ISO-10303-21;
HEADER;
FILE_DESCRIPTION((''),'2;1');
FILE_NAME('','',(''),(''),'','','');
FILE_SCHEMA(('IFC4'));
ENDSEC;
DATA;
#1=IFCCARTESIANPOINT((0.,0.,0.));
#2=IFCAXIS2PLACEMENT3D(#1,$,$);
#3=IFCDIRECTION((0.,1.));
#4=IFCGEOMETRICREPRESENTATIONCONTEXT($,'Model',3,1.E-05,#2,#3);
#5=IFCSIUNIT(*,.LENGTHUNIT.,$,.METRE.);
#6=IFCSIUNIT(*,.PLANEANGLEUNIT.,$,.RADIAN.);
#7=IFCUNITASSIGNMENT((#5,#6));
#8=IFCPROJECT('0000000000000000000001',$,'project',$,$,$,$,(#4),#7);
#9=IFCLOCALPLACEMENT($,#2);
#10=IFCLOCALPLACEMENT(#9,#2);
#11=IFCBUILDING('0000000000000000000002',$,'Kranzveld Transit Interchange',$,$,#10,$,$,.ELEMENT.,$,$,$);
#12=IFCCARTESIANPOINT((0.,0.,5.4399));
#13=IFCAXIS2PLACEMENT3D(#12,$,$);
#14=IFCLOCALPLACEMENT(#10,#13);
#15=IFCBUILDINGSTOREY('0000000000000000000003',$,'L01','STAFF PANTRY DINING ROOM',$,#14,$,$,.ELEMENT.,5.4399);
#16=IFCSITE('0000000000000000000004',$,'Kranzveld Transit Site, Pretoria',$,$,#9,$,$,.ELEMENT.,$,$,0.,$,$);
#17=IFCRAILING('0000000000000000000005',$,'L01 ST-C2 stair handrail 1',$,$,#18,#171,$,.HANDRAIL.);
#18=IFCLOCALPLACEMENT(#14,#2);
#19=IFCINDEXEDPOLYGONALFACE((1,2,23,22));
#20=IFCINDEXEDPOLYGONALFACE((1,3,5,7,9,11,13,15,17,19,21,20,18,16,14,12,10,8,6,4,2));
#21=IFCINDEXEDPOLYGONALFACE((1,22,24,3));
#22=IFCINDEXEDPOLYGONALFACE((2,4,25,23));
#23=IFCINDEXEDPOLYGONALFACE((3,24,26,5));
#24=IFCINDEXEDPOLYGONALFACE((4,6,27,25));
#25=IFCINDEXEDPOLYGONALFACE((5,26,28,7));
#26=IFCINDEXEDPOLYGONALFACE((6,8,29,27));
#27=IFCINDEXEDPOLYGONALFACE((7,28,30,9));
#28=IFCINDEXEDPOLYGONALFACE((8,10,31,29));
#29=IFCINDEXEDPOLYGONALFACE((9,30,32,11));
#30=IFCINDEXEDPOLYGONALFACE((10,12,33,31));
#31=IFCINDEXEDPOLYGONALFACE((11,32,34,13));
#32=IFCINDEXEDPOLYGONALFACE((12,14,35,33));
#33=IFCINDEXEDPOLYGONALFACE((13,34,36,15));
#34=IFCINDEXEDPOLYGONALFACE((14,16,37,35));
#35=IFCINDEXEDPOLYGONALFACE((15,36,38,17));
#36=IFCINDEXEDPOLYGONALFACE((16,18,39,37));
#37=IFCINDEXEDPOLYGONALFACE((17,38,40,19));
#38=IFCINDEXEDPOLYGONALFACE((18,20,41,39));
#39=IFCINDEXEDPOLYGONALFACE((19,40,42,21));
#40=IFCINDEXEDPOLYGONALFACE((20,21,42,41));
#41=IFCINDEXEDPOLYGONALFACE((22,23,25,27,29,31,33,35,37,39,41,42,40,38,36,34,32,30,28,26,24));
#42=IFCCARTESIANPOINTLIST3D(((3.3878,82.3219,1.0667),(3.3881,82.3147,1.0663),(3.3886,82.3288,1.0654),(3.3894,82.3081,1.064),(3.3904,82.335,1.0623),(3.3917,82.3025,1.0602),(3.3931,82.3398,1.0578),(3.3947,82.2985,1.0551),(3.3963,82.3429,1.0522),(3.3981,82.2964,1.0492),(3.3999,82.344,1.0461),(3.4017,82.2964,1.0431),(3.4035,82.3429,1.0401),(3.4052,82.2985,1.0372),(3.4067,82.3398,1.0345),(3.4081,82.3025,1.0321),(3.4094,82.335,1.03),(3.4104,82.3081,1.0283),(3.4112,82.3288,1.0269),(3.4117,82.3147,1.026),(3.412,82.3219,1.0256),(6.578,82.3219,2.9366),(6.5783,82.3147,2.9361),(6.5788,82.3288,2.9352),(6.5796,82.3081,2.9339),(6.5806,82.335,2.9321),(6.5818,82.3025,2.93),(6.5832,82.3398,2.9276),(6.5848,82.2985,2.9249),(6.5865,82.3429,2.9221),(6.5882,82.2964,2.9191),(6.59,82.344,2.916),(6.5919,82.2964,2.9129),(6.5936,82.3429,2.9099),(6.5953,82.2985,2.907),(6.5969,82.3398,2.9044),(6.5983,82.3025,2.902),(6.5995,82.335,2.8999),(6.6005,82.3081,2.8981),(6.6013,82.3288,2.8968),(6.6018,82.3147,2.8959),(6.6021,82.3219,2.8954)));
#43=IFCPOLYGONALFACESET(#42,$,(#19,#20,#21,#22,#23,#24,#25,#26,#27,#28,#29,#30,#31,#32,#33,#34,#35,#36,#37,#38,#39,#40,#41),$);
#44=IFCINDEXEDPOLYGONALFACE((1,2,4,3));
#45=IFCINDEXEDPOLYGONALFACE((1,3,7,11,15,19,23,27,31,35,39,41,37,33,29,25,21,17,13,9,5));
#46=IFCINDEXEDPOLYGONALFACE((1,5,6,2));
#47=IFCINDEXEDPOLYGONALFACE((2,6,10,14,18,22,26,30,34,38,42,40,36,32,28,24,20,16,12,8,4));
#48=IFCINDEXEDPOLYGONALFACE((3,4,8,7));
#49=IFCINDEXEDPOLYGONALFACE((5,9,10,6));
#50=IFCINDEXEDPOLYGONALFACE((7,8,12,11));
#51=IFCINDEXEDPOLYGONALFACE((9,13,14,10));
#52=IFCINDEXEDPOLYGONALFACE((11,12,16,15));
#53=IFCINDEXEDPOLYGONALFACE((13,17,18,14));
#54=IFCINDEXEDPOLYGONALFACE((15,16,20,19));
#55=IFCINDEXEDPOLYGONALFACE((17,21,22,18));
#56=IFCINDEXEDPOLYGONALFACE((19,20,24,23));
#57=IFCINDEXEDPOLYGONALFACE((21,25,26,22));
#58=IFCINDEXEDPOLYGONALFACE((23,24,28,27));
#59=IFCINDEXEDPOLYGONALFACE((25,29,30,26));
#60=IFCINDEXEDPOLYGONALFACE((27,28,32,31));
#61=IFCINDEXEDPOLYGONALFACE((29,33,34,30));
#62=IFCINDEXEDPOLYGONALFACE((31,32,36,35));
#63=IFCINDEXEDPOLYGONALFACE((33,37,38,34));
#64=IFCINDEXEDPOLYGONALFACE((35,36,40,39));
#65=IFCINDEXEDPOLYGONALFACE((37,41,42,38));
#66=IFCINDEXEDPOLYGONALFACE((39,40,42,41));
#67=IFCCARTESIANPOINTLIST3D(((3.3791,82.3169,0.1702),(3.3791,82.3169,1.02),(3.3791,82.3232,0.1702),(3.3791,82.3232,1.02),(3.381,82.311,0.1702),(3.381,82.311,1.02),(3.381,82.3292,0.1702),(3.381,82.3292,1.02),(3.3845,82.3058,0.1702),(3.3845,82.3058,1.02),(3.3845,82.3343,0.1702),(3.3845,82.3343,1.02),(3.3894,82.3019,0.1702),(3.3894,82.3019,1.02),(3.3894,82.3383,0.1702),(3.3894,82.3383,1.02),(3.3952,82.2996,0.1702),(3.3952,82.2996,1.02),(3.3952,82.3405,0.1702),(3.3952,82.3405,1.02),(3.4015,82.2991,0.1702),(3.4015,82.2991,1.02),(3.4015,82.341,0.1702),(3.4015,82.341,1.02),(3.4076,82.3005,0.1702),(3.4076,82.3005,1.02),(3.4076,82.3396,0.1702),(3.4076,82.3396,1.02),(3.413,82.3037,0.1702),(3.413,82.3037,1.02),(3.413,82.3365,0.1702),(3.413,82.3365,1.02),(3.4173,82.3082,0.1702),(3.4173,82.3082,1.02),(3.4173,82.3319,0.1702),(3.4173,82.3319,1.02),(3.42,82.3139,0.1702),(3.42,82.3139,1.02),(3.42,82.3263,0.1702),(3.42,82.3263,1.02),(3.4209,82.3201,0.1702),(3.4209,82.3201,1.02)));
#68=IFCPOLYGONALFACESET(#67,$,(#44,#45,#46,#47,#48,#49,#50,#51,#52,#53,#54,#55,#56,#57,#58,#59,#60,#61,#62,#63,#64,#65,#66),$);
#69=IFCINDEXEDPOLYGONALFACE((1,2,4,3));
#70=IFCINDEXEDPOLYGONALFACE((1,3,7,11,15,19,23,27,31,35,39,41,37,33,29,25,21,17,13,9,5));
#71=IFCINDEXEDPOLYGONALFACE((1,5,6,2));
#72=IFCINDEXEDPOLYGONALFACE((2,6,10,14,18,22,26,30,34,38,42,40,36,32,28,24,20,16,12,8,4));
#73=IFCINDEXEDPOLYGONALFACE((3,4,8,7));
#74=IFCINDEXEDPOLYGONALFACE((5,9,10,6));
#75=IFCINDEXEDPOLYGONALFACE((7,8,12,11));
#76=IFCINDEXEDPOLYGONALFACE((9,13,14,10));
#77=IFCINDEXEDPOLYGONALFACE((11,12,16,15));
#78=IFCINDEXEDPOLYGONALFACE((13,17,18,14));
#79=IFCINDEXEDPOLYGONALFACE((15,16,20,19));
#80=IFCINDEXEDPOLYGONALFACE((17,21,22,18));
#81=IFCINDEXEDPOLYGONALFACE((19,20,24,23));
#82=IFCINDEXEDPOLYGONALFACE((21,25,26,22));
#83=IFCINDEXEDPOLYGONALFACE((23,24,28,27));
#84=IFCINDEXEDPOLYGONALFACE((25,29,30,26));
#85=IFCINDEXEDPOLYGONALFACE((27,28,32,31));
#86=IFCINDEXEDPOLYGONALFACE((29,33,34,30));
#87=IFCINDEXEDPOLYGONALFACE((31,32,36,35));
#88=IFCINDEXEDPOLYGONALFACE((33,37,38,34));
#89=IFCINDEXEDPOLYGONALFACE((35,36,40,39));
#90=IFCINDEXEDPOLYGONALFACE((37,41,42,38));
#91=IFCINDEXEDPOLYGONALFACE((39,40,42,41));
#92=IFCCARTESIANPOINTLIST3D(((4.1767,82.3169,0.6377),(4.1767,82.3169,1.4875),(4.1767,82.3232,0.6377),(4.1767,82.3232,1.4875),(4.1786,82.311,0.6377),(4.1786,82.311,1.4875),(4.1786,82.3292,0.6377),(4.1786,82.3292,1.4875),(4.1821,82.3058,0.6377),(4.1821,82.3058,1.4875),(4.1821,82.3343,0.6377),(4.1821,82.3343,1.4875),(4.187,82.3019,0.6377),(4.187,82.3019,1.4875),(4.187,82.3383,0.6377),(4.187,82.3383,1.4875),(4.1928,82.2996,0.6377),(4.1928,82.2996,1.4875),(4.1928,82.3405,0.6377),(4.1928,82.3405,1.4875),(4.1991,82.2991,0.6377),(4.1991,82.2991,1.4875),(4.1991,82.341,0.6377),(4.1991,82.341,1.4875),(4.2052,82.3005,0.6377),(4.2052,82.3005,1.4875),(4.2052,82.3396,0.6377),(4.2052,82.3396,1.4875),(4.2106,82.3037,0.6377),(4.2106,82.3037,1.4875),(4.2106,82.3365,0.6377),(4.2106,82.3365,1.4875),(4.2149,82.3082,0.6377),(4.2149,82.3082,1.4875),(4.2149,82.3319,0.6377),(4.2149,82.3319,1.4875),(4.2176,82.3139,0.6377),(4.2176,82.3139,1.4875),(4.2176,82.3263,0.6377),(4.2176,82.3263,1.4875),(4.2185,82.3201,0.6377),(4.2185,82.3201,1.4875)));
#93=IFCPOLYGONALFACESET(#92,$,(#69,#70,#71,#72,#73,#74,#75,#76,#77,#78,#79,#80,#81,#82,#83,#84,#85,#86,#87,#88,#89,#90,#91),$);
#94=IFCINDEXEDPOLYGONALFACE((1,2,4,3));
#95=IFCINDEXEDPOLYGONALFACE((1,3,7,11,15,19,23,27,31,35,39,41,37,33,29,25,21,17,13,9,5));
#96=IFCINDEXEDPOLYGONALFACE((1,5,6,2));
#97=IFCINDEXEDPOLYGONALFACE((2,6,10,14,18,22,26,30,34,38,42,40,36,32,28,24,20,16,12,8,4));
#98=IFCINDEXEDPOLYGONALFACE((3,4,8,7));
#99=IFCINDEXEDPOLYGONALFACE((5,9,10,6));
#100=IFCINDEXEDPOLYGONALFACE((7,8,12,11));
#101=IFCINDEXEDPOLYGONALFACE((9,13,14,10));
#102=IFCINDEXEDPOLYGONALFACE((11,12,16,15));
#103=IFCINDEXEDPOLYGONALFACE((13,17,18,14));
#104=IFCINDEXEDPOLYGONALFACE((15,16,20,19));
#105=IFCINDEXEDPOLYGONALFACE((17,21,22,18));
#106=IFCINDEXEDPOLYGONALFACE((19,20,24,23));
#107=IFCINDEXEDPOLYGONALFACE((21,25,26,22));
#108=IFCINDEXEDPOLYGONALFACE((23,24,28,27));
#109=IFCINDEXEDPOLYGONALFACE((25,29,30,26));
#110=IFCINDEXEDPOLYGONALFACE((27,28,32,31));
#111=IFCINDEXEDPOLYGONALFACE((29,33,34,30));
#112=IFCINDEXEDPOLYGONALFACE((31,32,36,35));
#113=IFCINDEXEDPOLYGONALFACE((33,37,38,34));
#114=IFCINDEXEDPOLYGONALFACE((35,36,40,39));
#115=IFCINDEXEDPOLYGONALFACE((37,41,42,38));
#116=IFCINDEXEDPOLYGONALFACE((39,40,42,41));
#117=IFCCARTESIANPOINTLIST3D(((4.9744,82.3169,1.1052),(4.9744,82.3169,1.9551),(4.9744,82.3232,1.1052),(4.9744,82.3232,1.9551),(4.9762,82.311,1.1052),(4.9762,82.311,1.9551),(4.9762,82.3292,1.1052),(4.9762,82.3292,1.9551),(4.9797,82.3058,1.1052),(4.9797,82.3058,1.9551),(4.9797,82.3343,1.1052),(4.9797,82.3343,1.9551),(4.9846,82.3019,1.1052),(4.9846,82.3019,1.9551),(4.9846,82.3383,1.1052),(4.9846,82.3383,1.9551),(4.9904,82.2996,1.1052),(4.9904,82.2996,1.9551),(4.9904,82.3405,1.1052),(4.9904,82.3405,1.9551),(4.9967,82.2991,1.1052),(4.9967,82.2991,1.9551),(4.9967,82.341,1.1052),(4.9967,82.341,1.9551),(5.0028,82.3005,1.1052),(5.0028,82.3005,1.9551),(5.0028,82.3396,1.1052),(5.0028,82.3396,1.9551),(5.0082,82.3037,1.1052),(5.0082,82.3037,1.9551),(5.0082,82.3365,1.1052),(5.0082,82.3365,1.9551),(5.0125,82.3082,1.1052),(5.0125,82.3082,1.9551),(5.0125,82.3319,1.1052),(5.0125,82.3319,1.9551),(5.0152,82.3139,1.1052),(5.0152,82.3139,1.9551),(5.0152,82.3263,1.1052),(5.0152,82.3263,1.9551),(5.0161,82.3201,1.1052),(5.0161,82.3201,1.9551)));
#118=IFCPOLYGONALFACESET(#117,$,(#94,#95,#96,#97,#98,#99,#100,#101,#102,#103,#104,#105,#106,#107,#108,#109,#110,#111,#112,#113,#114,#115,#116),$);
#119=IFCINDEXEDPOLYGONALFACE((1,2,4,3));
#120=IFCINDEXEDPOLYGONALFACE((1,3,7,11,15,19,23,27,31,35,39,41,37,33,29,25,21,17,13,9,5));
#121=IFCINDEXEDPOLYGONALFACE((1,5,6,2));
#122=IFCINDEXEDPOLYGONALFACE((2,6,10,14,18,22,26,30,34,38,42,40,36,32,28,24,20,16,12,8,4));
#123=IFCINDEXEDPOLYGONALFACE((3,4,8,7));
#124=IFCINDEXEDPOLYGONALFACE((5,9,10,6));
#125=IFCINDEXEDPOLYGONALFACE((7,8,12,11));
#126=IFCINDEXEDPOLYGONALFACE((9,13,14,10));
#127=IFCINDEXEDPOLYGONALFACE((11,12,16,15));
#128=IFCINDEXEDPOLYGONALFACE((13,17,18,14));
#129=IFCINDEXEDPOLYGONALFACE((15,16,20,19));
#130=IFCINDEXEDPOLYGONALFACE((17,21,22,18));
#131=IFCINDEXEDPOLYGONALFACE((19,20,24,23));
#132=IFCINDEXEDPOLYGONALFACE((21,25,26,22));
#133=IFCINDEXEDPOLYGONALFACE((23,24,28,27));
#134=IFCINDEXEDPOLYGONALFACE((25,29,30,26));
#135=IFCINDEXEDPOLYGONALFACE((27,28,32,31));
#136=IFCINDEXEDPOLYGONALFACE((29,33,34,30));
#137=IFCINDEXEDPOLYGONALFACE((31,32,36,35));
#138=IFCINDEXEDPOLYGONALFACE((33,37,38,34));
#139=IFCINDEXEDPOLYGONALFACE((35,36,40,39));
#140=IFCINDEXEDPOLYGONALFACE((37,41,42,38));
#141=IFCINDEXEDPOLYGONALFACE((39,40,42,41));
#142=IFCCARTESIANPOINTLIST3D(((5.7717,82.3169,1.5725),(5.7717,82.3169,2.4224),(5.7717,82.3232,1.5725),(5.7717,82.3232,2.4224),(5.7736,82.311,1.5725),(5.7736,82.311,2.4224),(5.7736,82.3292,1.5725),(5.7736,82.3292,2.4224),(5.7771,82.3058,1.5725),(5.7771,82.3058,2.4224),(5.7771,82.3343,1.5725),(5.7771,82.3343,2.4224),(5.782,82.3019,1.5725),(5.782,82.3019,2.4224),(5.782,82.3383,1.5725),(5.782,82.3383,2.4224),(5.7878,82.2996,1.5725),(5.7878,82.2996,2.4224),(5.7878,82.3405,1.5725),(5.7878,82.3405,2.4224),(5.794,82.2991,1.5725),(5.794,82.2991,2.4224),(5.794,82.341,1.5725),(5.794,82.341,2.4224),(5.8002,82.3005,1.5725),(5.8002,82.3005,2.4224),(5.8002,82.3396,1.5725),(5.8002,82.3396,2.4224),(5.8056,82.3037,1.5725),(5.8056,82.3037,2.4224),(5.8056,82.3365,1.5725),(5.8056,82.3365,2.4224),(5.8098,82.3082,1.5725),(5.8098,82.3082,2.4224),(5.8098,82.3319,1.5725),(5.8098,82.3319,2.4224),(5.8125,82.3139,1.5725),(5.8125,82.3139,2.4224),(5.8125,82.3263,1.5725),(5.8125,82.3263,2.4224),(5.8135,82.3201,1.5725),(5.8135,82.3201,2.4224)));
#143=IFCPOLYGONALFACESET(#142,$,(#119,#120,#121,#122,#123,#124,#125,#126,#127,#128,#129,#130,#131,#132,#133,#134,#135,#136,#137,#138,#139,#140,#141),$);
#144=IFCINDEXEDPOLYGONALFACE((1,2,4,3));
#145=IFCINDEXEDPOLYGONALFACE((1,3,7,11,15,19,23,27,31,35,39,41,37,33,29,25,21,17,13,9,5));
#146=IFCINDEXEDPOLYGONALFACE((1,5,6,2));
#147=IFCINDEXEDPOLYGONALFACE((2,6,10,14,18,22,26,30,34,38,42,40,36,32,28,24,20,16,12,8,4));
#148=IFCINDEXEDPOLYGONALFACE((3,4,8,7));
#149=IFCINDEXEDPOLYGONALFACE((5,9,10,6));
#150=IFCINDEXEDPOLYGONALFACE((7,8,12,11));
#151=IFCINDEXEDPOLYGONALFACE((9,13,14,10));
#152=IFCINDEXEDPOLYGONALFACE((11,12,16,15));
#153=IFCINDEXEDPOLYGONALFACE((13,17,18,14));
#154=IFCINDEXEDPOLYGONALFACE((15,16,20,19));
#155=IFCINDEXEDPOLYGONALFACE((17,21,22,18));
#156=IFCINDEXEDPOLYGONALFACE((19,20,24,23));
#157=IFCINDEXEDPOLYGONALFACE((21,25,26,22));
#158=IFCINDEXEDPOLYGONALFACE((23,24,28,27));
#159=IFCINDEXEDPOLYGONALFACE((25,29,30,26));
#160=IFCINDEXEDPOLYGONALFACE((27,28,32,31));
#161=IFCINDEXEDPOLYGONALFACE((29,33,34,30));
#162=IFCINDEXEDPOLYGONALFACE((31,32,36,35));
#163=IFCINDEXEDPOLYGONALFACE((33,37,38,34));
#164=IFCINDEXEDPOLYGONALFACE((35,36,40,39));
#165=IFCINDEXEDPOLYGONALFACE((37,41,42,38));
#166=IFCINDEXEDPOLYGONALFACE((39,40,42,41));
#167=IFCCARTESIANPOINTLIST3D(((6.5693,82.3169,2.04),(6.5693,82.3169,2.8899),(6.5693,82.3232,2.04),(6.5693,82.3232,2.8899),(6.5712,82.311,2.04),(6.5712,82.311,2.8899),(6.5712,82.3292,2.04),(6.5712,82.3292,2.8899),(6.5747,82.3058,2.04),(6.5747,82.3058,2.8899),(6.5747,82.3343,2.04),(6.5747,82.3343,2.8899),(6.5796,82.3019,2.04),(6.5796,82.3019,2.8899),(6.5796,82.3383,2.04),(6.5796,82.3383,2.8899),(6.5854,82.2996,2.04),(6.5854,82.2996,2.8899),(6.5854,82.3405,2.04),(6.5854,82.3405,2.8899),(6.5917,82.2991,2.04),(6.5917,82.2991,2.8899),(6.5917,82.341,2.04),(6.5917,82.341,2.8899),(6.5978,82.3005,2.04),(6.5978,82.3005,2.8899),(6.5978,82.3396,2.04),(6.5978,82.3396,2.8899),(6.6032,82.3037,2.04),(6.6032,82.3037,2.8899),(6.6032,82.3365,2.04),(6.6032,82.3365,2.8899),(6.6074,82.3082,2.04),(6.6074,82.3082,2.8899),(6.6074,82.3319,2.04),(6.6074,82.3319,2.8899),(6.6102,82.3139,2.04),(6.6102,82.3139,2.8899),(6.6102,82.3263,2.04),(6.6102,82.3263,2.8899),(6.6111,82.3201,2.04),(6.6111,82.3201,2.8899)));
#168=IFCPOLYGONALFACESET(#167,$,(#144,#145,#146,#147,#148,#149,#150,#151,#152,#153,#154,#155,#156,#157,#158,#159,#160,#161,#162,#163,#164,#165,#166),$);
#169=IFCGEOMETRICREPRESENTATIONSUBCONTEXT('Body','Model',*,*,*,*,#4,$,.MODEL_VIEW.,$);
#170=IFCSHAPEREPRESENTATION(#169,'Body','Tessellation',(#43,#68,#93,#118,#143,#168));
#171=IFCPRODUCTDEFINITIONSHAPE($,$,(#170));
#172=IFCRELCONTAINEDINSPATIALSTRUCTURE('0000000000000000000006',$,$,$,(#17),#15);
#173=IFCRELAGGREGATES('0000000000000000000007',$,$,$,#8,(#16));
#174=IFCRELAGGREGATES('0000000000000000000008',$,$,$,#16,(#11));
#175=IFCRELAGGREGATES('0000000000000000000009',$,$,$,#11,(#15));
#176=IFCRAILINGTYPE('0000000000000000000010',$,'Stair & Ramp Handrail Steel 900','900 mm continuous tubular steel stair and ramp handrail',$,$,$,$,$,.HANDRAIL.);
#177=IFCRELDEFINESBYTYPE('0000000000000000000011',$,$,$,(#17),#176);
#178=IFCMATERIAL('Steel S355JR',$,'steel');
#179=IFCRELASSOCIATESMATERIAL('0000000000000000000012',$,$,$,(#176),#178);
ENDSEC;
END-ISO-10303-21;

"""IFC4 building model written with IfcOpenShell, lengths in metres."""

from ifc_helpers import new_model, si_unit, direction, frame, origin, origin_2d, place, context, subcontext, project, spatial, circle, extrude, material, type_object, element, save


model = new_model("IFC4")

# Units and contexts
model_context = context("Model", 3, precision=1e-05, world=origin(), true_north=direction((0.0, 1.0)))
body_context = subcontext(model_context, "Body", "Model", "MODEL_VIEW")
ifc_project = project(units=[si_unit("LENGTHUNIT", "METRE"), si_unit("PLANEANGLEUNIT", "RADIAN")], contexts=[model_context])

# Site, building, storey
site_placement = place(None, origin())
site = spatial("IfcSite", under=ifc_project, at=site_placement, Name="Kranzveld Transit Site, Pretoria", CompositionType="ELEMENT", RefElevation=0.0)
building_placement = place(site_placement, origin())
building = spatial("IfcBuilding", under=site, at=building_placement, Name="Kranzveld Transit Interchange", CompositionType="ELEMENT")
storey_placement = place(building_placement, frame((0.0, 0.0, 5.4399)))
storey = spatial("IfcBuildingStorey", under=building, at=storey_placement, Name="L01", Description="STAFF PANTRY DINING ROOM", CompositionType="ELEMENT", Elevation=5.4399)

# Railing
ifc_material_1 = material(Name="Steel S355JR", Category="steel")
railing_type_1 = type_object("IfcRailingType", Name="Stair & Ramp Handrail Steel 900", Description="900 mm continuous tubular steel stair and ramp handrail", PredefinedType="HANDRAIL", material=ifc_material_1)
railing_1_placement = place(storey_placement, frame((3.3999, 82.3201, 0.1702)))
element("IfcRailing", 1, at=railing_1_placement, inside=storey, type_object=railing_type_1, Name="L01 ST-C2 stair handrail 1", PredefinedType="HANDRAIL", context=body_context, shape_type="SweptSolid", body=[
    extrude(circle(Radius=0.0239, at=origin_2d()), frame((0.0, 0.0, 0.876), z_axis=(0.862726, 0.0, 0.505672), x_axis=(0.0, 1.0, 0.0)), (0.0, 0.0, 1.0), 3.6978),
    extrude(circle(Radius=0.021, at=origin_2d()), origin(), (0.0, 0.0, 1.0), 0.8499),
    extrude(circle(Radius=0.021, at=origin_2d()), frame((0.7976, 0.0, 0.4675)), (0.0, 0.0, 1.0), 0.8499),
    extrude(circle(Radius=0.021, at=origin_2d()), frame((1.5952, 0.0, 0.9351)), (0.0, 0.0, 1.0), 0.8499),
    extrude(circle(Radius=0.021, at=origin_2d()), frame((2.3926, 0.0, 1.4023)), (0.0, 0.0, 1.0), 0.8499),
    extrude(circle(Radius=0.021, at=origin_2d()), frame((3.1902, 0.0, 1.8699)), (0.0, 0.0, 1.0), 0.8499),
])

save(model, "model.ifc")
